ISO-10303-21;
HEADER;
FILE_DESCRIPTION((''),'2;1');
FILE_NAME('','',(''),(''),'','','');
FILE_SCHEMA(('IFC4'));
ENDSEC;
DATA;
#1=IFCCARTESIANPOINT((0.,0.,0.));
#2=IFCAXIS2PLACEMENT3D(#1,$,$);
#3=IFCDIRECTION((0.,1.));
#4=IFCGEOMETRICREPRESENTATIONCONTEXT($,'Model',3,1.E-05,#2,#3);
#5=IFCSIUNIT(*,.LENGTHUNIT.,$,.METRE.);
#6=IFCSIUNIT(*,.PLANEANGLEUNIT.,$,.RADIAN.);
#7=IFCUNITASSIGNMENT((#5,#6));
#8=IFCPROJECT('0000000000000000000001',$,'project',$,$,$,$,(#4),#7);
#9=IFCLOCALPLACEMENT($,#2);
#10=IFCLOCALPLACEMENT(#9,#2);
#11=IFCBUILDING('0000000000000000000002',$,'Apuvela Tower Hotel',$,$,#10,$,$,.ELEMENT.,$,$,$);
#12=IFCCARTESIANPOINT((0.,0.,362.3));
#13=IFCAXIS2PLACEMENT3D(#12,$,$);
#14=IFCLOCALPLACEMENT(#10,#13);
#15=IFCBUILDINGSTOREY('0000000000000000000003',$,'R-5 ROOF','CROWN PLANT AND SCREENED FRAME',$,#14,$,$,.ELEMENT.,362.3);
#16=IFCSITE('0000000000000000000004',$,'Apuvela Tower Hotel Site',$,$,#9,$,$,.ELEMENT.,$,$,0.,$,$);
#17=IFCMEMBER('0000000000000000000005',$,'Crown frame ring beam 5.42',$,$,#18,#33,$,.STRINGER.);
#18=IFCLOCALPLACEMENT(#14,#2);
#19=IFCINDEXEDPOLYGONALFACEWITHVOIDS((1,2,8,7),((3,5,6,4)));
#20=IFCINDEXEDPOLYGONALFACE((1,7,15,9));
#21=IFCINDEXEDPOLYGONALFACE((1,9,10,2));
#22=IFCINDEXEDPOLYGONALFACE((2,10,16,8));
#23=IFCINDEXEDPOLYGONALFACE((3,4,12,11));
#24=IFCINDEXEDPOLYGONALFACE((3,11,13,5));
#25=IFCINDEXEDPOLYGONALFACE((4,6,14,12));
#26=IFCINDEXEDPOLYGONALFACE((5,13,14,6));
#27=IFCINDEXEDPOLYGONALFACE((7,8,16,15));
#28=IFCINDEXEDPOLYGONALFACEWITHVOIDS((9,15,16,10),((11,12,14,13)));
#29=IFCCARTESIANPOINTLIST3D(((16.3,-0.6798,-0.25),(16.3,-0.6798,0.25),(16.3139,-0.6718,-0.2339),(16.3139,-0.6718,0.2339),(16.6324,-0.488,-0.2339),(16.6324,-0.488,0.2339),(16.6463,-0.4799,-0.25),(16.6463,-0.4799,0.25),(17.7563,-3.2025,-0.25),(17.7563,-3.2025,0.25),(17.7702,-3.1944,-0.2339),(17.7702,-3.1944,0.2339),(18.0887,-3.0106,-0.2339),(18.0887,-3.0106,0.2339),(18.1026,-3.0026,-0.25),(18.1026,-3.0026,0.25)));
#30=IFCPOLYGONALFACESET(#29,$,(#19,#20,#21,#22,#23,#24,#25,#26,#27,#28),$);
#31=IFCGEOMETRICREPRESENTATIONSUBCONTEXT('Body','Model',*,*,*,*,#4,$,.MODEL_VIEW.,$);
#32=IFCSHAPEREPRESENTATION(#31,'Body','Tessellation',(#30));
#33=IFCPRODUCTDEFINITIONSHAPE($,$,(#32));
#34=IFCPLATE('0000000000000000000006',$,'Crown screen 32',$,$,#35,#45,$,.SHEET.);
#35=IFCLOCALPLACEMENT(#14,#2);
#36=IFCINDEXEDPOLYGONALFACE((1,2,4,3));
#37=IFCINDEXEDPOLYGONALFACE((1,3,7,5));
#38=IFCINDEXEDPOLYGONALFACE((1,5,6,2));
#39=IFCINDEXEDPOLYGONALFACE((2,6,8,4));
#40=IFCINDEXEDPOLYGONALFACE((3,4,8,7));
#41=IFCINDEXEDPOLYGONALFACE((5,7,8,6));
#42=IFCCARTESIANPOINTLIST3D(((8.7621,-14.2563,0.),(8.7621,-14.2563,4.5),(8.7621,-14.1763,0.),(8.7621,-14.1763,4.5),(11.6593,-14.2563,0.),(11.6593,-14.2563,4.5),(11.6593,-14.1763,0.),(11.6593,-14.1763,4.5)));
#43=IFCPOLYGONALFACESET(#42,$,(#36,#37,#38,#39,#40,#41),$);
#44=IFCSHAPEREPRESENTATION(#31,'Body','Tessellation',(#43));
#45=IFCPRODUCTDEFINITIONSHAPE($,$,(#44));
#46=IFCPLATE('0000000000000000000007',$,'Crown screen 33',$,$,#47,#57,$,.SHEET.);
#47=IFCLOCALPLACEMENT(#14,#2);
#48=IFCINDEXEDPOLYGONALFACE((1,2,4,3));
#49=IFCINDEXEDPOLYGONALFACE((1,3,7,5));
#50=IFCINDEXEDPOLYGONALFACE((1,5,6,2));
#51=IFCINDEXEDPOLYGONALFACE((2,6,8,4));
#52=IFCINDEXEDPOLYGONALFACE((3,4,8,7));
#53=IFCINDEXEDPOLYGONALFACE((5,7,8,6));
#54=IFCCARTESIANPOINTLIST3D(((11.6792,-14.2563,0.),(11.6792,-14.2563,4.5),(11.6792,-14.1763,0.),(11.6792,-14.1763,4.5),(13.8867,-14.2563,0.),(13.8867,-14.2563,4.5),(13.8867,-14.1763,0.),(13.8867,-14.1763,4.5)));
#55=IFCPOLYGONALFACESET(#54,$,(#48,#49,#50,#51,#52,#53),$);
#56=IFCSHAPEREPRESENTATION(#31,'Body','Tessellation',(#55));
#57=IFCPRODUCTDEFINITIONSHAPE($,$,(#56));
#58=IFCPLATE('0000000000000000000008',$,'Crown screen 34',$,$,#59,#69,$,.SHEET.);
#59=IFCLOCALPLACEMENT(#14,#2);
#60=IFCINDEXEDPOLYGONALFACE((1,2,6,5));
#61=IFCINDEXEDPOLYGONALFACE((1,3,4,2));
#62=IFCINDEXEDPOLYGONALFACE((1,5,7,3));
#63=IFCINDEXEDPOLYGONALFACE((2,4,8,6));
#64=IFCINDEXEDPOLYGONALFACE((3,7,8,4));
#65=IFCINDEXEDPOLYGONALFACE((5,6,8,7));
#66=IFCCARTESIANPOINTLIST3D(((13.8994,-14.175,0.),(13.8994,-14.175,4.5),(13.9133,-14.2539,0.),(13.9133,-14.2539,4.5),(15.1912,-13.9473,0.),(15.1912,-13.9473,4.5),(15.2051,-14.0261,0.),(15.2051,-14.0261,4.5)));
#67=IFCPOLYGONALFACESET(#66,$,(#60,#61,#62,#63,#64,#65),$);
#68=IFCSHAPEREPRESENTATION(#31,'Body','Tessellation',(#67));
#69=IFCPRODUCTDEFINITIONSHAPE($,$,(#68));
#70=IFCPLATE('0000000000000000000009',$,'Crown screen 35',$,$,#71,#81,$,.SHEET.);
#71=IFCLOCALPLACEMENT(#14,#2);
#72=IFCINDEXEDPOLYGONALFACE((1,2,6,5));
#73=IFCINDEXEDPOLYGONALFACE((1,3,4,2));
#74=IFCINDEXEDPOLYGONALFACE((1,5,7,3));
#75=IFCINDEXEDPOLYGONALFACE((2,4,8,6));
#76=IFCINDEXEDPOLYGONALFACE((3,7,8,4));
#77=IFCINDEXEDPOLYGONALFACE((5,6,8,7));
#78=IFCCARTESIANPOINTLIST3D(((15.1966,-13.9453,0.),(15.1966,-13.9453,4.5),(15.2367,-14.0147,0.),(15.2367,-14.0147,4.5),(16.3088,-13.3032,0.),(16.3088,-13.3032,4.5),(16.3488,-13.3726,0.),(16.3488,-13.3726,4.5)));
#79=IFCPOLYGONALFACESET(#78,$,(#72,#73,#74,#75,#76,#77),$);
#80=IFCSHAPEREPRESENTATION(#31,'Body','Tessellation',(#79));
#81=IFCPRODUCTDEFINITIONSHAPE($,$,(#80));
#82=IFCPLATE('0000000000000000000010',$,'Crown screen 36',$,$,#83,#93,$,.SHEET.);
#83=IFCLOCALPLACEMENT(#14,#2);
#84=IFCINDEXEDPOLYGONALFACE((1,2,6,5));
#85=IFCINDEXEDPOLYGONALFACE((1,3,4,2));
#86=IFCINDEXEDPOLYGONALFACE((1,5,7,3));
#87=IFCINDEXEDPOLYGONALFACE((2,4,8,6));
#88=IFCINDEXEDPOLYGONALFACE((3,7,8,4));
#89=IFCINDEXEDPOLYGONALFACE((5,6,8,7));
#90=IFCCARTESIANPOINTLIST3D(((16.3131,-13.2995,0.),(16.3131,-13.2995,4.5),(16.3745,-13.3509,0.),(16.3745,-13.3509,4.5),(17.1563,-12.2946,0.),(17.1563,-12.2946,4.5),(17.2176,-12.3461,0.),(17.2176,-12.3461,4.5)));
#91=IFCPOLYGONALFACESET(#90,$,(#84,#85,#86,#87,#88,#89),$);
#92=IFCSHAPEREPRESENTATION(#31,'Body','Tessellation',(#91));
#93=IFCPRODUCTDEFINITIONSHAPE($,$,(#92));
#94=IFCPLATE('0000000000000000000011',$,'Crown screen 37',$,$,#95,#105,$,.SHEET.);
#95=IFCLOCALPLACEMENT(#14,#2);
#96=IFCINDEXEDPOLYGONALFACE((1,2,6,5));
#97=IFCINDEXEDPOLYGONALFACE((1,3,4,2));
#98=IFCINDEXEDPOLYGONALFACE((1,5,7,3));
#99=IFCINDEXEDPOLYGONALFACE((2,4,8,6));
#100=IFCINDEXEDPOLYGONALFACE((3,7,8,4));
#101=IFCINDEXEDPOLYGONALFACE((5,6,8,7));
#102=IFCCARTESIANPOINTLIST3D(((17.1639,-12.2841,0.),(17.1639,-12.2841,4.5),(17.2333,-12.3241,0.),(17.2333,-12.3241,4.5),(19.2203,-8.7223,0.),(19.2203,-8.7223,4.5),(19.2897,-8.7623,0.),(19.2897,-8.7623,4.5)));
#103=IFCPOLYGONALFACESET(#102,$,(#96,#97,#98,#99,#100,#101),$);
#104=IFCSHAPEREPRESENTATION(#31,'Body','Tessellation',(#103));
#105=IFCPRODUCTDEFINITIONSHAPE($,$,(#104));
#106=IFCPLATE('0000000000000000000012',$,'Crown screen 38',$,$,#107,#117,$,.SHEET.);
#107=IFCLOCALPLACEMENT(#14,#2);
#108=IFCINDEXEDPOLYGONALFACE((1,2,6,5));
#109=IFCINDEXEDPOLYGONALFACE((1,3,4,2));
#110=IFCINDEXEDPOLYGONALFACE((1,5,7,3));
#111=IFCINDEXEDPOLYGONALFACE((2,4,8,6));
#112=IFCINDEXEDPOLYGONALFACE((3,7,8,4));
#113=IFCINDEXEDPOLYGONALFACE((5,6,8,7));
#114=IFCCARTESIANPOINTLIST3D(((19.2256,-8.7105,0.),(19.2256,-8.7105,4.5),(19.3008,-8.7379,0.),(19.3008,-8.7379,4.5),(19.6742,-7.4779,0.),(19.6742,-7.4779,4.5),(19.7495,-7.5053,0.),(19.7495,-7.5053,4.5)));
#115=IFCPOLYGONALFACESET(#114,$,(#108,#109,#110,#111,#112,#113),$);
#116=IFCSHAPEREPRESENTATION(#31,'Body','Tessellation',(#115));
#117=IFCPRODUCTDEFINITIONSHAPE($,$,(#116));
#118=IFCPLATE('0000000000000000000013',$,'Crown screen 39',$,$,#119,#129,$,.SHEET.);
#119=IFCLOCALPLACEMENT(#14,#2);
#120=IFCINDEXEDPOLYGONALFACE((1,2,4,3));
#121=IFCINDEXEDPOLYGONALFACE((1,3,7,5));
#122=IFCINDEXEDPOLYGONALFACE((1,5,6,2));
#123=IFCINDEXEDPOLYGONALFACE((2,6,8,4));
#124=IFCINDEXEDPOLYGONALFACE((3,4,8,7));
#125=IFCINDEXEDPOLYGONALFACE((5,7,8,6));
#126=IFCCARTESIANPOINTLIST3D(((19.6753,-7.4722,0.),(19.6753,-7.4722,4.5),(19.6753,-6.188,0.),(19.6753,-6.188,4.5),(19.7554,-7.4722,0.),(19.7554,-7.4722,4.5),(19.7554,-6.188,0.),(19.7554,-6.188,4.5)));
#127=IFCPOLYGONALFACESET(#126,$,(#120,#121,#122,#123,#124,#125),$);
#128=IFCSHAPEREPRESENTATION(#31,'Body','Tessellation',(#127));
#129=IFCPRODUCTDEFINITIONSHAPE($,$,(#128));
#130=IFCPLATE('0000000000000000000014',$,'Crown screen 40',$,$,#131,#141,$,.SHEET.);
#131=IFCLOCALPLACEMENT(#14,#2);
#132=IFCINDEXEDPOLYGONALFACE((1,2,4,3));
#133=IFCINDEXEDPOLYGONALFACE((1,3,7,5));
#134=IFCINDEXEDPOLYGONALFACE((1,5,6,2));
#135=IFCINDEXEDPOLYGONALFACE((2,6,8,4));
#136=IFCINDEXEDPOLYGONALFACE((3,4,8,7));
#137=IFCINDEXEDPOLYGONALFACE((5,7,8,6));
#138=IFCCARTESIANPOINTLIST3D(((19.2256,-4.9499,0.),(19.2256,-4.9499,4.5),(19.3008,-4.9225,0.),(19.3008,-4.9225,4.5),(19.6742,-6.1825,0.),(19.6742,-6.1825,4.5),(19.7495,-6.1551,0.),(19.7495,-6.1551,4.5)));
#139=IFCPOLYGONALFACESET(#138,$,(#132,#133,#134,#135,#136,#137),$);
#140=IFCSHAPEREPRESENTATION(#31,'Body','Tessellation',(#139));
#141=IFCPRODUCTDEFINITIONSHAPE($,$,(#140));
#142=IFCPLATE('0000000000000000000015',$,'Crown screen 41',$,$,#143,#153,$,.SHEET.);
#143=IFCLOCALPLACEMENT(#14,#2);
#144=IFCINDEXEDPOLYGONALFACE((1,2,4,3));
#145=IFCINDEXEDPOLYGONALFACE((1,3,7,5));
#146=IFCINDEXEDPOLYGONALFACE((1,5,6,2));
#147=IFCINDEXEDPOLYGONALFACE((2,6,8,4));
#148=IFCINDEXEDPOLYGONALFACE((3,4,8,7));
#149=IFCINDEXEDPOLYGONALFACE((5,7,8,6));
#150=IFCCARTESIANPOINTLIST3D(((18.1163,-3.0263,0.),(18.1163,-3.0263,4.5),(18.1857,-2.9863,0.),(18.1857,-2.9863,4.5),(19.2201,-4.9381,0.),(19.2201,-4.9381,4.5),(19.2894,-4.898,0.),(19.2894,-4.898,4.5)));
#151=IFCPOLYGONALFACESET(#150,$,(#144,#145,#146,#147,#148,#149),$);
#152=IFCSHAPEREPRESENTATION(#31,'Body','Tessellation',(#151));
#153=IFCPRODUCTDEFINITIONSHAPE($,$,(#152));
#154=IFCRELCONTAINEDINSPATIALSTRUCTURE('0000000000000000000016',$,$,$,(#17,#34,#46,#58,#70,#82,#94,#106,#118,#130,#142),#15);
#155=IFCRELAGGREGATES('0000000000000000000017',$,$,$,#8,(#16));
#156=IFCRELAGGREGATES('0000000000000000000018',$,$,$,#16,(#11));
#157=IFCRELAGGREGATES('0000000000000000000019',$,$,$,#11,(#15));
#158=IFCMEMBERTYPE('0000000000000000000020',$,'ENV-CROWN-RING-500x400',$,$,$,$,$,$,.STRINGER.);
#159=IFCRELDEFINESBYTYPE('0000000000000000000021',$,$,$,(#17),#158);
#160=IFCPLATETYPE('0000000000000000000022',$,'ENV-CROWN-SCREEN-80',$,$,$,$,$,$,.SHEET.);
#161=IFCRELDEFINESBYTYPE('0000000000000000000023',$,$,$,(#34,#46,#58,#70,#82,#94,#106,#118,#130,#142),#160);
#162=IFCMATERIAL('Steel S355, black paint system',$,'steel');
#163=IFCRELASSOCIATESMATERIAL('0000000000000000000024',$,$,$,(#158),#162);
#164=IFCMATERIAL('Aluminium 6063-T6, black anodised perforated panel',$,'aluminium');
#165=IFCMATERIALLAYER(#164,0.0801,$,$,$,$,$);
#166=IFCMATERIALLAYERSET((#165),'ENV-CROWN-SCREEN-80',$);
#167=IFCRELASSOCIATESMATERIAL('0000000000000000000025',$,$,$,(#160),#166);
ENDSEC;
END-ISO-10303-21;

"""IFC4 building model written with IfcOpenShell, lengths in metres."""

from ifc_helpers import new_model, si_unit, direction, frame, origin, origin_2d, place, context, subcontext, project, spatial, rectangle, hollow_rectangle, extrude, material, layer, layer_set, material_profile, profile_set, type_object, element, save


model = new_model("IFC4")

# Units and contexts
model_context = context("Model", 3, precision=1e-05, world=origin(), true_north=direction((0.0, 1.0)))
body_context = subcontext(model_context, "Body", "Model", "MODEL_VIEW")
ifc_project = project(units=[si_unit("LENGTHUNIT", "METRE"), si_unit("PLANEANGLEUNIT", "RADIAN")], contexts=[model_context])

# Site, building, storey
site_placement = place(None, origin())
site = spatial("IfcSite", under=ifc_project, at=site_placement, Name="Apuvela Tower Hotel Site", CompositionType="ELEMENT", RefElevation=0.0)
building_placement = place(site_placement, origin())
building = spatial("IfcBuilding", under=site, at=building_placement, Name="Apuvela Tower Hotel", CompositionType="ELEMENT")
storey_placement = place(building_placement, frame((0.0, 0.0, 362.3)))
storey = spatial("IfcBuildingStorey", under=building, at=storey_placement, Name="R-5 ROOF", Description="CROWN PLANT AND SCREENED FRAME", CompositionType="ELEMENT", Elevation=362.3)

# Member
ifc_material_1 = material(Name="Steel S355, black paint system", Category="steel")
ifc_material_profile_1 = material_profile(ifc_material_1, hollow_rectangle(XDim=0.3999, YDim=0.5, WallThickness=0.0161, at=origin_2d()), Name="HSS 500x400x16")
ifc_profile_set_1 = profile_set([ifc_material_profile_1], Name="Steel S355, black paint system")
member_type_1 = type_object("IfcMemberType", Name="ENV-CROWN-RING-500x400", PredefinedType="STRINGER", material=ifc_profile_set_1)
member_1_placement = place(storey_placement, frame((17.9294, -3.1025, 0.0), z_axis=(-0.499952, 0.866053, 0.0), x_axis=(-0.866053, -0.499952, 0.0)))
element("IfcMember", 1, at=member_1_placement, inside=storey, type_object=member_type_1, Name="Crown frame ring beam 5.42", PredefinedType="STRINGER", context=body_context, shape_type="SweptSolid", body=[
    extrude(hollow_rectangle(XDim=0.3999, YDim=0.5, WallThickness=0.0161, at=origin_2d()), origin(), (0.0, 0.0, 1.0), 2.9128),
])

# Plates
ifc_material_2 = material(Name="Aluminium 6063-T6, black anodised perforated panel", Category="aluminium")
ifc_layer = layer(ifc_material_2, 0.0801)
ifc_layer_set = layer_set([ifc_layer], Name="ENV-CROWN-SCREEN-80")
plate_type = type_object("IfcPlateType", Name="ENV-CROWN-SCREEN-80", PredefinedType="SHEET", material=ifc_layer_set)
plate_1_placement = place(storey_placement, frame((10.2107, -14.2163, 0.0), z_axis=(0.0, 0.0, 1.0), x_axis=(1.0, 0.0, 0.0)))
element("IfcPlate", 2, at=plate_1_placement, inside=storey, type_object=plate_type, Name="Crown screen 32", PredefinedType="SHEET", context=body_context, shape_type="SweptSolid", body=[
    extrude(rectangle(XDim=2.8972, YDim=0.0801, at=origin_2d()), origin(), (0.0, 0.0, 1.0), 4.5),
])
plate_2_placement = place(storey_placement, frame((12.783, -14.2163, 0.0), z_axis=(0.0, 0.0, 1.0), x_axis=(1.0, 0.0, 0.0)))
element("IfcPlate", 3, at=plate_2_placement, inside=storey, type_object=plate_type, Name="Crown screen 33", PredefinedType="SHEET", context=body_context, shape_type="SweptSolid", body=[
    extrude(rectangle(XDim=2.2075, YDim=0.0801, at=origin_2d()), origin(), (0.0, 0.0, 1.0), 4.5),
])
plate_3_placement = place(storey_placement, frame((14.5522, -14.1006, 0.0), z_axis=(0.0, 0.0, 1.0), x_axis=(0.984808, 0.173648, 0.0)))
element("IfcPlate", 4, at=plate_3_placement, inside=storey, type_object=plate_type, Name="Crown screen 34", PredefinedType="SHEET", context=body_context, shape_type="SweptSolid", body=[
    extrude(rectangle(XDim=1.3118, YDim=0.0801, at=origin_2d()), origin(), (0.0, 0.0, 1.0), 4.5),
])
plate_4_placement = place(storey_placement, frame((15.7727, -13.6589, 0.0), z_axis=(0.0, 0.0, 1.0), x_axis=(0.866025, 0.5, 0.0)))
element("IfcPlate", 5, at=plate_4_placement, inside=storey, type_object=plate_type, Name="Crown screen 35", PredefinedType="SHEET", context=body_context, shape_type="SweptSolid", body=[
    extrude(rectangle(XDim=1.2842, YDim=0.0801, at=origin_2d()), origin(), (0.0, 0.0, 1.0), 4.5),
])
plate_5_placement = place(storey_placement, frame((16.7654, -12.8228, 0.0), z_axis=(0.0, 0.0, 1.0), x_axis=(0.642788, 0.766044, 0.0)))
element("IfcPlate", 6, at=plate_5_placement, inside=storey, type_object=plate_type, Name="Crown screen 36", PredefinedType="SHEET", context=body_context, shape_type="SweptSolid", body=[
    extrude(rectangle(XDim=1.3118, YDim=0.0801, at=origin_2d()), origin(), (0.0, 0.0, 1.0), 4.5),
])
plate_6_placement = place(storey_placement, frame((18.2268, -10.5232, 0.0), z_axis=(0.0, 0.0, 1.0), x_axis=(0.5, 0.866025, 0.0)))
element("IfcPlate", 7, at=plate_6_placement, inside=storey, type_object=plate_type, Name="Crown screen 37", PredefinedType="SHEET", context=body_context, shape_type="SweptSolid", body=[
    extrude(rectangle(XDim=4.1128, YDim=0.0801, at=origin_2d()), origin(), (0.0, 0.0, 1.0), 4.5),
])
plate_7_placement = place(storey_placement, frame((19.4875, -8.1079, 0.0), z_axis=(0.0, 0.0, 1.0), x_axis=(0.34202, 0.939693, 0.0)))
element("IfcPlate", 8, at=plate_7_placement, inside=storey, type_object=plate_type, Name="Crown screen 38", PredefinedType="SHEET", context=body_context, shape_type="SweptSolid", body=[
    extrude(rectangle(XDim=1.3118, YDim=0.0801, at=origin_2d()), origin(), (0.0, 0.0, 1.0), 4.5),
])
plate_8_placement = place(storey_placement, frame((19.7153, -6.8301, 0.0), z_axis=(0.0, 0.0, 1.0), x_axis=(0.0, 1.0, 0.0)))
element("IfcPlate", 9, at=plate_8_placement, inside=storey, type_object=plate_type, Name="Crown screen 39", PredefinedType="SHEET", context=body_context, shape_type="SweptSolid", body=[
    extrude(rectangle(XDim=1.2842, YDim=0.0801, at=origin_2d()), origin(), (0.0, 0.0, 1.0), 4.5),
])
plate_9_placement = place(storey_placement, frame((19.4875, -5.5525, 0.0), z_axis=(0.0, 0.0, 1.0), x_axis=(-0.34202, 0.939693, 0.0)))
element("IfcPlate", 10, at=plate_9_placement, inside=storey, type_object=plate_type, Name="Crown screen 40", PredefinedType="SHEET", context=body_context, shape_type="SweptSolid", body=[
    extrude(rectangle(XDim=1.3118, YDim=0.0801, at=origin_2d()), origin(), (0.0, 0.0, 1.0), 4.5),
])
plate_10_placement = place(storey_placement, frame((18.7029, -3.9622, 0.0), z_axis=(0.0, 0.0, 1.0), x_axis=(-0.5, 0.866025, 0.0)))
element("IfcPlate", 11, at=plate_10_placement, inside=storey, type_object=plate_type, Name="Crown screen 41", PredefinedType="SHEET", context=body_context, shape_type="SweptSolid", body=[
    extrude(rectangle(XDim=2.2075, YDim=0.0801, at=origin_2d()), origin(), (0.0, 0.0, 1.0), 4.5),
])

save(model, "model.ifc")
